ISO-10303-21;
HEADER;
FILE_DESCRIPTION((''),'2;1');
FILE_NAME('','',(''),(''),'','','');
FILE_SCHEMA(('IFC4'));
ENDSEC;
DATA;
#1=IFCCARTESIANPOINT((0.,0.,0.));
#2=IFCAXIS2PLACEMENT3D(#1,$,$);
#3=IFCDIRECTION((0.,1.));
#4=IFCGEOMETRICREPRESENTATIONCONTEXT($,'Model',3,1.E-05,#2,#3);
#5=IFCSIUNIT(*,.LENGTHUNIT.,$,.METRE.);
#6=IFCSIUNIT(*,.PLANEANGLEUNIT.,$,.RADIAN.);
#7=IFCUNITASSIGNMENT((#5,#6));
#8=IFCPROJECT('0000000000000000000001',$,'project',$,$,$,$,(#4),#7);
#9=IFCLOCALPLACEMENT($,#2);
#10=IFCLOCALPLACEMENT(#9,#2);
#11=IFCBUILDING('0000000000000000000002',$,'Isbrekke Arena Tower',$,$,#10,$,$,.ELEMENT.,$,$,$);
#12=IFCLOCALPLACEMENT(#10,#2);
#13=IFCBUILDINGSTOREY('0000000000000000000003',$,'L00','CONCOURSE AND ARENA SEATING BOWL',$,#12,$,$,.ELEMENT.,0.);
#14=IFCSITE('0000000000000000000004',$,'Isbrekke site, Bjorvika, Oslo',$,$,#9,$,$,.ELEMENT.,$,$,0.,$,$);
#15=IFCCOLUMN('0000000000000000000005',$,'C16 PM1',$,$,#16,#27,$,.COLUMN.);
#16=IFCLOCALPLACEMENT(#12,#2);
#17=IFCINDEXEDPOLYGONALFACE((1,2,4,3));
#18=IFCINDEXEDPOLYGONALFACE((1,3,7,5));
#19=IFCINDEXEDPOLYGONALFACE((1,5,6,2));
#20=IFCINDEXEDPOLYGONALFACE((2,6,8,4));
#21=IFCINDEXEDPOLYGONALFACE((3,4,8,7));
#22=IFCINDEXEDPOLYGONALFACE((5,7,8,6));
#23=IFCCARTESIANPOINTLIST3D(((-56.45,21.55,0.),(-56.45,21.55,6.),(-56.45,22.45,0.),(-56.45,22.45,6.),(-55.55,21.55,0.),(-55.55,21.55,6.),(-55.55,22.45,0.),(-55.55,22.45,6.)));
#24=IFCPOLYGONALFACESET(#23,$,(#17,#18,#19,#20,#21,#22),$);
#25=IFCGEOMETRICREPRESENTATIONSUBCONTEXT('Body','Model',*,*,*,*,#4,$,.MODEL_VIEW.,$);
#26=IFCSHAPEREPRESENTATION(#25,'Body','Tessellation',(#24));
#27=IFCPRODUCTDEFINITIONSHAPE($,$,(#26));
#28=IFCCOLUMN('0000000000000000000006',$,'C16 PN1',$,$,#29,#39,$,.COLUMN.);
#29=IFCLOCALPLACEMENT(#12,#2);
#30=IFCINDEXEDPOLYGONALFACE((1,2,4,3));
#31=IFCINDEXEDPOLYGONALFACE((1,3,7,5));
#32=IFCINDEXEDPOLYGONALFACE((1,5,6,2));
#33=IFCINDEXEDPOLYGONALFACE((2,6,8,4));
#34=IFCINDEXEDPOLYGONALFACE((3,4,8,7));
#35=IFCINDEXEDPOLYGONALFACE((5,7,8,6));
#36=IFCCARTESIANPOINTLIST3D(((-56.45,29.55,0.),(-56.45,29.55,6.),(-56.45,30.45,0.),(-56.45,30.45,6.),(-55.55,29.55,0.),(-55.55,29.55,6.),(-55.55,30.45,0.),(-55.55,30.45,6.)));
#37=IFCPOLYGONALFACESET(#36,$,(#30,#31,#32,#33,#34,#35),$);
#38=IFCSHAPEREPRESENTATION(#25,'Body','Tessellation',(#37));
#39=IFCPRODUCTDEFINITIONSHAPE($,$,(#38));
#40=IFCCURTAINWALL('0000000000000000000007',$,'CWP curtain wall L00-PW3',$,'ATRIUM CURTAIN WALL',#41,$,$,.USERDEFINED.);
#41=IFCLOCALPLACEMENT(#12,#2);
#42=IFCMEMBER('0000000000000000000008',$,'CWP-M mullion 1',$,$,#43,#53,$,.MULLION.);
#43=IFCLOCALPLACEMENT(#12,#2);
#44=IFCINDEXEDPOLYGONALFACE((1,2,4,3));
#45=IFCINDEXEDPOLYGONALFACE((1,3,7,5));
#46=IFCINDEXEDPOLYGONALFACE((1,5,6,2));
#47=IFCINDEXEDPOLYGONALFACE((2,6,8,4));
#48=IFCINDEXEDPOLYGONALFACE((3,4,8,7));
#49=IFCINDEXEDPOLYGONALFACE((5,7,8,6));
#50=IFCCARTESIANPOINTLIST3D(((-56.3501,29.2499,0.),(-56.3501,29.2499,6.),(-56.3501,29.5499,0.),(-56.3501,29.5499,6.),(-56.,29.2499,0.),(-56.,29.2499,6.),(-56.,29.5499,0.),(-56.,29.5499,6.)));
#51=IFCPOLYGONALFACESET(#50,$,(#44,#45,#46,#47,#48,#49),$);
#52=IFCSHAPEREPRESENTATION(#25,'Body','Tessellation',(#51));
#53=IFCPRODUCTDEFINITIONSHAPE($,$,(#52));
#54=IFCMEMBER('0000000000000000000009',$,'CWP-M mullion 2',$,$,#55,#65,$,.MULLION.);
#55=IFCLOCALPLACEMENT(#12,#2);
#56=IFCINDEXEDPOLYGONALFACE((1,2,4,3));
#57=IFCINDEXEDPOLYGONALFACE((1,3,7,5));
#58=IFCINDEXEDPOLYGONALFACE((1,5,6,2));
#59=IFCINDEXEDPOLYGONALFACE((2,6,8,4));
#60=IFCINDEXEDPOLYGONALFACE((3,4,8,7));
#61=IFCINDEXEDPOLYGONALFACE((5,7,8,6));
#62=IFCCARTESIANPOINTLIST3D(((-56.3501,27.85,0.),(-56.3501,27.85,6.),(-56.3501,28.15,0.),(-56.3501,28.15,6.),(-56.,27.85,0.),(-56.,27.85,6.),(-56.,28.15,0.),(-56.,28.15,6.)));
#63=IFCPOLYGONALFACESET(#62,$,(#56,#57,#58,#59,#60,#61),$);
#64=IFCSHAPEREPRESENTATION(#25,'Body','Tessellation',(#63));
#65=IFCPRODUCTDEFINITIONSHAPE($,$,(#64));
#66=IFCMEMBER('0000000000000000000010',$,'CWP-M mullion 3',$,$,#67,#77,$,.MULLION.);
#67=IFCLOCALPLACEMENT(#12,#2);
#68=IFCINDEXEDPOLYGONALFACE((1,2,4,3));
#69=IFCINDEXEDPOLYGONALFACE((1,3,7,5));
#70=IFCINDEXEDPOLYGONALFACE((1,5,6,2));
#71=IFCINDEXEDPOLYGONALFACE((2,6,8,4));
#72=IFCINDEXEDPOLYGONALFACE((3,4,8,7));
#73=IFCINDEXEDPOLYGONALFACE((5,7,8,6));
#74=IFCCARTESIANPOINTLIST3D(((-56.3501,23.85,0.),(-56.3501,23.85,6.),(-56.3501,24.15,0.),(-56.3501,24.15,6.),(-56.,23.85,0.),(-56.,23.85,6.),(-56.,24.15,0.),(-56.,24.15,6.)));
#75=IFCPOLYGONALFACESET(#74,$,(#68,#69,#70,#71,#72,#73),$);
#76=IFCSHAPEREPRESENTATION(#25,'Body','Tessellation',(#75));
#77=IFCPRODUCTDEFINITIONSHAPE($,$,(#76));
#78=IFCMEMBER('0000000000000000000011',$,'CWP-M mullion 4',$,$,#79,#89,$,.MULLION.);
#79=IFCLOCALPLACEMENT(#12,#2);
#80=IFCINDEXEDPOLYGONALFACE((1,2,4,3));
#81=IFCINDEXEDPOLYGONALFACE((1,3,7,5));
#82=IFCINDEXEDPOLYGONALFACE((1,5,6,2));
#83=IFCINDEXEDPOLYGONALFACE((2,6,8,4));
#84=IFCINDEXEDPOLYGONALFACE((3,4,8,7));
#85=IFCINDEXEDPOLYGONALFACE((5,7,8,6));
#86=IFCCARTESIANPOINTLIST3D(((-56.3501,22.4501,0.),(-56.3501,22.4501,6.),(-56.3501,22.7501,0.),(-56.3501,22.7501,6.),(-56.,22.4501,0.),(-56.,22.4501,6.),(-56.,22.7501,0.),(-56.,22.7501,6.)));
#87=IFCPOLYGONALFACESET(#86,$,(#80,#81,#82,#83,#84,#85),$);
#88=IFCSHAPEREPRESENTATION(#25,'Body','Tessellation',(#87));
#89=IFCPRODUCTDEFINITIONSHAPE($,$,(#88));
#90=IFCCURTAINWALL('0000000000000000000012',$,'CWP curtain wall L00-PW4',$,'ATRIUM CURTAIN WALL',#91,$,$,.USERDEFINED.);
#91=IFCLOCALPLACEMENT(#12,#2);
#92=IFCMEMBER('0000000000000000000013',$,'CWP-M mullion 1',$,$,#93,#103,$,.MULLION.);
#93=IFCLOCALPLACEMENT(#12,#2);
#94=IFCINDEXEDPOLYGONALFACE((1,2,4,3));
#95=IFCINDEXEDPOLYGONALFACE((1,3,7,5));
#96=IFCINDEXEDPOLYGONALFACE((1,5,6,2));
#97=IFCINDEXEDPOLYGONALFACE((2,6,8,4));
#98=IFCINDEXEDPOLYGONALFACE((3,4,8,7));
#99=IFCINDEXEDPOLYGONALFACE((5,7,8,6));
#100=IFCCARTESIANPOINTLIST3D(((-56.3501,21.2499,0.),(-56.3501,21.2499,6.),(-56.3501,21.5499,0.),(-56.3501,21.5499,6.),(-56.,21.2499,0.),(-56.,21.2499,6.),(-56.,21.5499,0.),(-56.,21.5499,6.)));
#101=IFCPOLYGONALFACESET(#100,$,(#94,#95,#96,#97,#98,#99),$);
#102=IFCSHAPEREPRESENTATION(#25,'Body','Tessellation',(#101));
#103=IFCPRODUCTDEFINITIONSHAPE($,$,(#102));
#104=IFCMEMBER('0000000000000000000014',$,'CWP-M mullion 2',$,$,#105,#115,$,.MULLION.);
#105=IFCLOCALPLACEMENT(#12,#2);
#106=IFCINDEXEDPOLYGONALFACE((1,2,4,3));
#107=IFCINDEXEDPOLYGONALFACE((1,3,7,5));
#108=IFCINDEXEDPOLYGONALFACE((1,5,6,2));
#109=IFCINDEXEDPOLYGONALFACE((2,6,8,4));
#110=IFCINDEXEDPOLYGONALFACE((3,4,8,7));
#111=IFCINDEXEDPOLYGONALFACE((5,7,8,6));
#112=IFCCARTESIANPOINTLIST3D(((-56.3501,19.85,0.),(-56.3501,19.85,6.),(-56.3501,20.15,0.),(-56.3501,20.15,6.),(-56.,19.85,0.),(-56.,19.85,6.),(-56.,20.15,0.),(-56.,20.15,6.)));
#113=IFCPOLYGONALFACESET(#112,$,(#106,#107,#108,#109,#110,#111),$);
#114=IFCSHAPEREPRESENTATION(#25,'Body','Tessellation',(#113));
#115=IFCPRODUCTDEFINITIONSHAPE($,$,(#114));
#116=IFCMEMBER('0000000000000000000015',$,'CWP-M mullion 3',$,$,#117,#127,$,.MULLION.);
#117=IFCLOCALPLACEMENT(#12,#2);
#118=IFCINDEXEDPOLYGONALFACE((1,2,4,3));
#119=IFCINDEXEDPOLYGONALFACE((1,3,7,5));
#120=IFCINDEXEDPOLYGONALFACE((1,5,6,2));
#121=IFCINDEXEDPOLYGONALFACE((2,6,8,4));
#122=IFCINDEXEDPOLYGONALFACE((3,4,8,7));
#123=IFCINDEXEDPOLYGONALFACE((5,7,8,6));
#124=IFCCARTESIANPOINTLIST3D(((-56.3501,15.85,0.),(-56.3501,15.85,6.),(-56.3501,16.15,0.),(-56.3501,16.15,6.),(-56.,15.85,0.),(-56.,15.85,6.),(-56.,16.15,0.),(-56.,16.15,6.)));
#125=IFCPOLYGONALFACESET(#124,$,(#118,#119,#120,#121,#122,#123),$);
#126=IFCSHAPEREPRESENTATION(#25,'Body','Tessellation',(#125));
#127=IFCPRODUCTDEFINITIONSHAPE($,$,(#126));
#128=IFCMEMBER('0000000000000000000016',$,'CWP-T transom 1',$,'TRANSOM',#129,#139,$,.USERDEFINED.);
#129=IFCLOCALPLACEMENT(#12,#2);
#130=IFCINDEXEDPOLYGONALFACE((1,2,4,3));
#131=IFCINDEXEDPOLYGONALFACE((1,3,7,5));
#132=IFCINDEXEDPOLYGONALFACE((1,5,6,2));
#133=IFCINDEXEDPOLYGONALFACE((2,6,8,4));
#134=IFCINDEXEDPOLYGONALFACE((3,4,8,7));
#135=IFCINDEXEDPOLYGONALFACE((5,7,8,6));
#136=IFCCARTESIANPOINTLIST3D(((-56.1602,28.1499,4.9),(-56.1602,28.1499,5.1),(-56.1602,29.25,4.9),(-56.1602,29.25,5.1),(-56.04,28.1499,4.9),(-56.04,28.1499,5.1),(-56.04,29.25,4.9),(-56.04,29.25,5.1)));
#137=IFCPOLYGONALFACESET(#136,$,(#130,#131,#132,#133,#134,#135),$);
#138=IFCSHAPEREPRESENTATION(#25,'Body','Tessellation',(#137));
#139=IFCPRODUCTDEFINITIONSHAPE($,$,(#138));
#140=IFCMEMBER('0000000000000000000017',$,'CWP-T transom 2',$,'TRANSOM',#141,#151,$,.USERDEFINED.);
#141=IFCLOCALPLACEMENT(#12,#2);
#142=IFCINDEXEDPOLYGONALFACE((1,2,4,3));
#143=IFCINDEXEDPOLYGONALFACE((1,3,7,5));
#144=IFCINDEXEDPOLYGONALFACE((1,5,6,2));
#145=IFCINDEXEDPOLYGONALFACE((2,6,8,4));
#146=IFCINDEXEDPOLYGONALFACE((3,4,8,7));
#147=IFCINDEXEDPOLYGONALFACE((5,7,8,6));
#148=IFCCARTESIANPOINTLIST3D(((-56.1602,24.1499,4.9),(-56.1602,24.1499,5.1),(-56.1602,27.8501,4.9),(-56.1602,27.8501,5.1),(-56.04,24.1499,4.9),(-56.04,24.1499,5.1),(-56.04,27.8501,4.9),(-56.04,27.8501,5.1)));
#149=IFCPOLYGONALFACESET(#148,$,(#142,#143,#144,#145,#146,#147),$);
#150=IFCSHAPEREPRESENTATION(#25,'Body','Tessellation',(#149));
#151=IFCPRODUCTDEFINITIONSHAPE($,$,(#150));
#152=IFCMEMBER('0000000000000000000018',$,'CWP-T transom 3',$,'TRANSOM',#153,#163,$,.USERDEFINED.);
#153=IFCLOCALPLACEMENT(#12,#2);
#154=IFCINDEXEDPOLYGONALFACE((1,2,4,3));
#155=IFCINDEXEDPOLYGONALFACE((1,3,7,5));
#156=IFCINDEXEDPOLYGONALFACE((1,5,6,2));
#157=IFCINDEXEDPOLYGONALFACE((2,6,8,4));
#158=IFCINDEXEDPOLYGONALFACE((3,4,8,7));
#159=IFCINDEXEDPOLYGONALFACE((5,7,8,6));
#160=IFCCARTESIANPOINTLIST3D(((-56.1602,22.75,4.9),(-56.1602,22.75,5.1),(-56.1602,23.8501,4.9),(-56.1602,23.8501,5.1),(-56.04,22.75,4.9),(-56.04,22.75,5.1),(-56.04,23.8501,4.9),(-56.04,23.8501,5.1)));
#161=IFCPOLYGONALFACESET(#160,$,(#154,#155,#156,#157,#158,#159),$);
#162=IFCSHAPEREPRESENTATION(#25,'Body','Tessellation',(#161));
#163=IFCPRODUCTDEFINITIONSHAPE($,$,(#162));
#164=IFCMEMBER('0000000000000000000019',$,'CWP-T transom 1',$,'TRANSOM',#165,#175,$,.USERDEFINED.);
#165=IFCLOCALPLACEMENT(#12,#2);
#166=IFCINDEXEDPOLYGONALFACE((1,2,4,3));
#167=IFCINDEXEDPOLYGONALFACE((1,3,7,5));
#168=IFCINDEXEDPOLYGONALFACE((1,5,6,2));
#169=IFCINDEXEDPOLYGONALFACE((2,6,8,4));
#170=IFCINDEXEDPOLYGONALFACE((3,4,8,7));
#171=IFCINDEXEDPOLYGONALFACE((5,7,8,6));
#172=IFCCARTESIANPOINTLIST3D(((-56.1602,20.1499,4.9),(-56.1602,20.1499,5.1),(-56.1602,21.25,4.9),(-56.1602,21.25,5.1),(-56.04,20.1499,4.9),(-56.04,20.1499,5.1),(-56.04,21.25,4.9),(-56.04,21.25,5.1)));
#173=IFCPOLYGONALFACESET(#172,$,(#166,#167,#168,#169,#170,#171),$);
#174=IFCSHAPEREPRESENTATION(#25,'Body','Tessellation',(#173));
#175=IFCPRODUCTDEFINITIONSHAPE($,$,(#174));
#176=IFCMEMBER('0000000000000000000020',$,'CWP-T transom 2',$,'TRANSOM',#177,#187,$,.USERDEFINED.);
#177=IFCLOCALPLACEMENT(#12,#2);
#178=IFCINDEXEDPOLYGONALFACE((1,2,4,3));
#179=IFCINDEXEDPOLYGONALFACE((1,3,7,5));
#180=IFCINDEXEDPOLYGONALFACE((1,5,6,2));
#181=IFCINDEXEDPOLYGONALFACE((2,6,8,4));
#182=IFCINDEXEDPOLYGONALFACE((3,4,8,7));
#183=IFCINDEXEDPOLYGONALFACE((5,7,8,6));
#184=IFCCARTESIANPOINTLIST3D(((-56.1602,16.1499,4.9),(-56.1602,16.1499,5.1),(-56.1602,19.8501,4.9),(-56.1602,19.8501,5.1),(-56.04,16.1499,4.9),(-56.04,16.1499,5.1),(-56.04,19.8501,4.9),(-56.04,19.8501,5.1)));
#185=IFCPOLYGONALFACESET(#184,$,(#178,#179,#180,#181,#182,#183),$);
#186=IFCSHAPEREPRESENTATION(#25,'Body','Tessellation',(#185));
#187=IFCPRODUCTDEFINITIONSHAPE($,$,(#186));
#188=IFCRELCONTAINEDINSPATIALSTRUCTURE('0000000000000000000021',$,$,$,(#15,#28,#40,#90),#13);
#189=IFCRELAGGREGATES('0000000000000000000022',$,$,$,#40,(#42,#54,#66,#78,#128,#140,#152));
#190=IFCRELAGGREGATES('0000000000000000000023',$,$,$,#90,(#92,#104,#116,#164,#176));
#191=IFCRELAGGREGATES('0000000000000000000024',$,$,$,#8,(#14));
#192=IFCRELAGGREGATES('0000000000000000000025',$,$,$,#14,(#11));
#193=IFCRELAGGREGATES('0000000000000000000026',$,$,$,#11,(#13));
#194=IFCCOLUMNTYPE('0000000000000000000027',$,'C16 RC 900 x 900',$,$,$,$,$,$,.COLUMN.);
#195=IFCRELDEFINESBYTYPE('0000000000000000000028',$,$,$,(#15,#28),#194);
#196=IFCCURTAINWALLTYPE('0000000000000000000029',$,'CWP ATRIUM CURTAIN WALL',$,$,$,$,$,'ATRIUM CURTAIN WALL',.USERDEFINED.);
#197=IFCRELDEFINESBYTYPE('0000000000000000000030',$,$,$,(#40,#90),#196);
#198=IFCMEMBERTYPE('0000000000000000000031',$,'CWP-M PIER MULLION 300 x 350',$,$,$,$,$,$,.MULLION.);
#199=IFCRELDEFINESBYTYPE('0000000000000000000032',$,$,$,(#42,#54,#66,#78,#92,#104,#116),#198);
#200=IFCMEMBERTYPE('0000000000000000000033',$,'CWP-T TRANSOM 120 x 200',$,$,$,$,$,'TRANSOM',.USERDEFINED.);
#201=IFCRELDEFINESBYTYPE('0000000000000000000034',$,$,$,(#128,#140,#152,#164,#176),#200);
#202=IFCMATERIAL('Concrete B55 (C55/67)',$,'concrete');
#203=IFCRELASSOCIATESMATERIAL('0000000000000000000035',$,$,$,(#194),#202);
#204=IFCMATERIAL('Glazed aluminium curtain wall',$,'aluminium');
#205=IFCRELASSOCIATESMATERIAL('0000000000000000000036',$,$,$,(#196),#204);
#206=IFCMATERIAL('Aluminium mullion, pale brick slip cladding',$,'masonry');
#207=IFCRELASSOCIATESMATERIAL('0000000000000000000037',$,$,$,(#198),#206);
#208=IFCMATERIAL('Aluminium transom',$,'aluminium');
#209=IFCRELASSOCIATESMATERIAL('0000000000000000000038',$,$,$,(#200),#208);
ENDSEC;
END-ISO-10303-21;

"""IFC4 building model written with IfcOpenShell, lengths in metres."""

from ifc_helpers import new_model, si_unit, direction, frame, origin, origin_2d, place, context, subcontext, project, spatial, rectangle, extrude, material, material_profile, profile_set, type_object, element, aggregate, save


model = new_model("IFC4")

# Units and contexts
model_context = context("Model", 3, precision=1e-05, world=origin(), true_north=direction((0.0, 1.0)))
body_context = subcontext(model_context, "Body", "Model", "MODEL_VIEW")
ifc_project = project(units=[si_unit("LENGTHUNIT", "METRE"), si_unit("PLANEANGLEUNIT", "RADIAN")], contexts=[model_context])

# Site, building, storey
site_placement = place(None, origin())
site = spatial("IfcSite", under=ifc_project, at=site_placement, Name="Isbrekke site, Bjorvika, Oslo", CompositionType="ELEMENT", RefElevation=0.0)
building_placement = place(site_placement, origin())
building = spatial("IfcBuilding", under=site, at=building_placement, Name="Isbrekke Arena Tower", CompositionType="ELEMENT")
storey_placement = place(building_placement, origin())
storey = spatial("IfcBuildingStorey", under=building, at=storey_placement, Name="L00", Description="CONCOURSE AND ARENA SEATING BOWL", CompositionType="ELEMENT", Elevation=0.0)

# Columns
ifc_material_1 = material(Name="Concrete B55 (C55/67)", Category="concrete")
ifc_material_profile_1 = material_profile(ifc_material_1, rectangle(XDim=0.8999, YDim=0.8999, at=origin_2d()), Name="RC 900x900")
ifc_profile_set_1 = profile_set([ifc_material_profile_1], Name="Concrete B55 (C55/67)")
column_type = type_object("IfcColumnType", Name="C16 RC 900 x 900", PredefinedType="COLUMN", material=ifc_profile_set_1)
for number, where, z_axis, x_axis, name in (
    (1, (-56.0, 22.0, 0.0), (0.0, 0.0, 1.0), (1.0, 0.0, 0.0), "C16 PM1"),
    (2, (-56.0, 30.0, 0.0), (0.0, 0.0, 1.0), (1.0, 0.0, 0.0), "C16 PN1"),
):
    element("IfcColumn", number, at=place(storey_placement, frame(where, z_axis=z_axis, x_axis=x_axis)), inside=storey, type_object=column_type, Name=name, PredefinedType="COLUMN", context=body_context, shape_type="SweptSolid", body=[
        extrude(rectangle(XDim=0.8999, YDim=0.8999, at=origin_2d()), origin(), (0.0, 0.0, 1.0), 6.0),
    ])

# Curtain walls, members
ifc_material_2 = material(Name="Glazed aluminium curtain wall", Category="aluminium")
curtain_wall_type = type_object("IfcCurtainWallType", Name="CWP ATRIUM CURTAIN WALL", ElementType="ATRIUM CURTAIN WALL", PredefinedType="USERDEFINED", material=ifc_material_2)
curtain_wall_1_placement = place(storey_placement, origin())
curtain_wall_1 = element("IfcCurtainWall", 3, at=curtain_wall_1_placement, inside=storey, type_object=curtain_wall_type, Name="CWP curtain wall L00-PW3", ObjectType="ATRIUM CURTAIN WALL", PredefinedType="USERDEFINED")
ifc_material_3 = material(Name="Aluminium mullion, pale brick slip cladding", Category="masonry")
ifc_material_profile_2 = material_profile(ifc_material_3, rectangle(XDim=0.3, YDim=0.3501, at=origin_2d()), Name="PIER 300X350")
ifc_profile_set_2 = profile_set([ifc_material_profile_2], Name="Aluminium mullion, pale brick slip cladding")
member_type_1 = type_object("IfcMemberType", Name="CWP-M PIER MULLION 300 x 350", PredefinedType="MULLION", material=ifc_profile_set_2)
member_1_placement = place(storey_placement, frame((-56.175, 29.3999, 0.0), z_axis=(0.0, 0.0, 1.0), x_axis=(0.0, -1.0, 0.0)))
member_1 = element("IfcMember", 4, at=member_1_placement, type_object=member_type_1, Name="CWP-M mullion 1", PredefinedType="MULLION", context=body_context, shape_type="SweptSolid", body=[
    extrude(rectangle(XDim=0.3, YDim=0.3501, at=origin_2d()), origin(), (0.0, 0.0, 1.0), 6.0),
])
member_2_placement = place(storey_placement, frame((-56.175, 28.0, 0.0), z_axis=(0.0, 0.0, 1.0), x_axis=(0.0, -1.0, 0.0)))
member_2 = element("IfcMember", 5, at=member_2_placement, type_object=member_type_1, Name="CWP-M mullion 2", PredefinedType="MULLION", context=body_context, shape_type="SweptSolid", body=[
    extrude(rectangle(XDim=0.3, YDim=0.3501, at=origin_2d()), origin(), (0.0, 0.0, 1.0), 6.0),
])
member_3_placement = place(storey_placement, frame((-56.175, 24.0, 0.0), z_axis=(0.0, 0.0, 1.0), x_axis=(0.0, -1.0, 0.0)))
member_3 = element("IfcMember", 6, at=member_3_placement, type_object=member_type_1, Name="CWP-M mullion 3", PredefinedType="MULLION", context=body_context, shape_type="SweptSolid", body=[
    extrude(rectangle(XDim=0.3, YDim=0.3501, at=origin_2d()), origin(), (0.0, 0.0, 1.0), 6.0),
])
member_4_placement = place(storey_placement, frame((-56.175, 22.6001, 0.0), z_axis=(0.0, 0.0, 1.0), x_axis=(0.0, -1.0, 0.0)))
member_4 = element("IfcMember", 7, at=member_4_placement, type_object=member_type_1, Name="CWP-M mullion 4", PredefinedType="MULLION", context=body_context, shape_type="SweptSolid", body=[
    extrude(rectangle(XDim=0.3, YDim=0.3501, at=origin_2d()), origin(), (0.0, 0.0, 1.0), 6.0),
])
curtain_wall_2_placement = place(storey_placement, origin())
curtain_wall_2 = element("IfcCurtainWall", 8, at=curtain_wall_2_placement, inside=storey, type_object=curtain_wall_type, Name="CWP curtain wall L00-PW4", ObjectType="ATRIUM CURTAIN WALL", PredefinedType="USERDEFINED")
member_5_placement = place(storey_placement, frame((-56.175, 21.3999, 0.0), z_axis=(0.0, 0.0, 1.0), x_axis=(0.0, -1.0, 0.0)))
member_5 = element("IfcMember", 9, at=member_5_placement, type_object=member_type_1, Name="CWP-M mullion 1", PredefinedType="MULLION", context=body_context, shape_type="SweptSolid", body=[
    extrude(rectangle(XDim=0.3, YDim=0.3501, at=origin_2d()), origin(), (0.0, 0.0, 1.0), 6.0),
])
member_6_placement = place(storey_placement, frame((-56.175, 20.0, 0.0), z_axis=(0.0, 0.0, 1.0), x_axis=(0.0, -1.0, 0.0)))
member_6 = element("IfcMember", 10, at=member_6_placement, type_object=member_type_1, Name="CWP-M mullion 2", PredefinedType="MULLION", context=body_context, shape_type="SweptSolid", body=[
    extrude(rectangle(XDim=0.3, YDim=0.3501, at=origin_2d()), origin(), (0.0, 0.0, 1.0), 6.0),
])
member_7_placement = place(storey_placement, frame((-56.175, 16.0, 0.0), z_axis=(0.0, 0.0, 1.0), x_axis=(0.0, -1.0, 0.0)))
member_7 = element("IfcMember", 11, at=member_7_placement, type_object=member_type_1, Name="CWP-M mullion 3", PredefinedType="MULLION", context=body_context, shape_type="SweptSolid", body=[
    extrude(rectangle(XDim=0.3, YDim=0.3501, at=origin_2d()), origin(), (0.0, 0.0, 1.0), 6.0),
])

# Members
ifc_material_4 = material(Name="Aluminium transom", Category="aluminium")
ifc_material_profile_3 = material_profile(ifc_material_4, rectangle(XDim=0.1201, YDim=0.2, at=origin_2d()), Name="TRANSOM 120X200")
ifc_profile_set_3 = profile_set([ifc_material_profile_3], Name="Aluminium transom")
member_type_2 = type_object("IfcMemberType", Name="CWP-T TRANSOM 120 x 200", ElementType="TRANSOM", PredefinedType="USERDEFINED", material=ifc_profile_set_3)
member_8_placement = place(storey_placement, frame((-56.1001, 29.25, 5.0), z_axis=(0.0, -1.0, 0.0), x_axis=(1.0, 0.0, 0.0)))
member_8 = element("IfcMember", 12, at=member_8_placement, type_object=member_type_2, Name="CWP-T transom 1", ObjectType="TRANSOM", PredefinedType="USERDEFINED", context=body_context, shape_type="SweptSolid", body=[
    extrude(rectangle(XDim=0.1201, YDim=0.2, at=origin_2d()), origin(), (0.0, 0.0, 1.0), 1.1001),
])
member_9_placement = place(storey_placement, frame((-56.1001, 27.8501, 5.0), z_axis=(0.0, -1.0, 0.0), x_axis=(1.0, 0.0, 0.0)))
member_9 = element("IfcMember", 13, at=member_9_placement, type_object=member_type_2, Name="CWP-T transom 2", ObjectType="TRANSOM", PredefinedType="USERDEFINED", context=body_context, shape_type="SweptSolid", body=[
    extrude(rectangle(XDim=0.1201, YDim=0.2, at=origin_2d()), origin(), (0.0, 0.0, 1.0), 3.7002),
])
member_10_placement = place(storey_placement, frame((-56.1001, 23.8501, 5.0), z_axis=(0.0, -1.0, 0.0), x_axis=(1.0, 0.0, 0.0)))
member_10 = element("IfcMember", 14, at=member_10_placement, type_object=member_type_2, Name="CWP-T transom 3", ObjectType="TRANSOM", PredefinedType="USERDEFINED", context=body_context, shape_type="SweptSolid", body=[
    extrude(rectangle(XDim=0.1201, YDim=0.2, at=origin_2d()), origin(), (0.0, 0.0, 1.0), 1.1001),
])
member_11_placement = place(storey_placement, frame((-56.1001, 21.25, 5.0), z_axis=(0.0, -1.0, 0.0), x_axis=(1.0, 0.0, 0.0)))
member_11 = element("IfcMember", 15, at=member_11_placement, type_object=member_type_2, Name="CWP-T transom 1", ObjectType="TRANSOM", PredefinedType="USERDEFINED", context=body_context, shape_type="SweptSolid", body=[
    extrude(rectangle(XDim=0.1201, YDim=0.2, at=origin_2d()), origin(), (0.0, 0.0, 1.0), 1.1001),
])
member_12_placement = place(storey_placement, frame((-56.1001, 19.8501, 5.0), z_axis=(0.0, -1.0, 0.0), x_axis=(1.0, 0.0, 0.0)))
member_12 = element("IfcMember", 16, at=member_12_placement, type_object=member_type_2, Name="CWP-T transom 2", ObjectType="TRANSOM", PredefinedType="USERDEFINED", context=body_context, shape_type="SweptSolid", body=[
    extrude(rectangle(XDim=0.1201, YDim=0.2, at=origin_2d()), origin(), (0.0, 0.0, 1.0), 3.7002),
])

aggregate(curtain_wall_1, [member_1, member_2, member_3, member_4, member_8, member_9, member_10])
aggregate(curtain_wall_2, [member_5, member_6, member_7, member_11, member_12])

save(model, "model.ifc")
